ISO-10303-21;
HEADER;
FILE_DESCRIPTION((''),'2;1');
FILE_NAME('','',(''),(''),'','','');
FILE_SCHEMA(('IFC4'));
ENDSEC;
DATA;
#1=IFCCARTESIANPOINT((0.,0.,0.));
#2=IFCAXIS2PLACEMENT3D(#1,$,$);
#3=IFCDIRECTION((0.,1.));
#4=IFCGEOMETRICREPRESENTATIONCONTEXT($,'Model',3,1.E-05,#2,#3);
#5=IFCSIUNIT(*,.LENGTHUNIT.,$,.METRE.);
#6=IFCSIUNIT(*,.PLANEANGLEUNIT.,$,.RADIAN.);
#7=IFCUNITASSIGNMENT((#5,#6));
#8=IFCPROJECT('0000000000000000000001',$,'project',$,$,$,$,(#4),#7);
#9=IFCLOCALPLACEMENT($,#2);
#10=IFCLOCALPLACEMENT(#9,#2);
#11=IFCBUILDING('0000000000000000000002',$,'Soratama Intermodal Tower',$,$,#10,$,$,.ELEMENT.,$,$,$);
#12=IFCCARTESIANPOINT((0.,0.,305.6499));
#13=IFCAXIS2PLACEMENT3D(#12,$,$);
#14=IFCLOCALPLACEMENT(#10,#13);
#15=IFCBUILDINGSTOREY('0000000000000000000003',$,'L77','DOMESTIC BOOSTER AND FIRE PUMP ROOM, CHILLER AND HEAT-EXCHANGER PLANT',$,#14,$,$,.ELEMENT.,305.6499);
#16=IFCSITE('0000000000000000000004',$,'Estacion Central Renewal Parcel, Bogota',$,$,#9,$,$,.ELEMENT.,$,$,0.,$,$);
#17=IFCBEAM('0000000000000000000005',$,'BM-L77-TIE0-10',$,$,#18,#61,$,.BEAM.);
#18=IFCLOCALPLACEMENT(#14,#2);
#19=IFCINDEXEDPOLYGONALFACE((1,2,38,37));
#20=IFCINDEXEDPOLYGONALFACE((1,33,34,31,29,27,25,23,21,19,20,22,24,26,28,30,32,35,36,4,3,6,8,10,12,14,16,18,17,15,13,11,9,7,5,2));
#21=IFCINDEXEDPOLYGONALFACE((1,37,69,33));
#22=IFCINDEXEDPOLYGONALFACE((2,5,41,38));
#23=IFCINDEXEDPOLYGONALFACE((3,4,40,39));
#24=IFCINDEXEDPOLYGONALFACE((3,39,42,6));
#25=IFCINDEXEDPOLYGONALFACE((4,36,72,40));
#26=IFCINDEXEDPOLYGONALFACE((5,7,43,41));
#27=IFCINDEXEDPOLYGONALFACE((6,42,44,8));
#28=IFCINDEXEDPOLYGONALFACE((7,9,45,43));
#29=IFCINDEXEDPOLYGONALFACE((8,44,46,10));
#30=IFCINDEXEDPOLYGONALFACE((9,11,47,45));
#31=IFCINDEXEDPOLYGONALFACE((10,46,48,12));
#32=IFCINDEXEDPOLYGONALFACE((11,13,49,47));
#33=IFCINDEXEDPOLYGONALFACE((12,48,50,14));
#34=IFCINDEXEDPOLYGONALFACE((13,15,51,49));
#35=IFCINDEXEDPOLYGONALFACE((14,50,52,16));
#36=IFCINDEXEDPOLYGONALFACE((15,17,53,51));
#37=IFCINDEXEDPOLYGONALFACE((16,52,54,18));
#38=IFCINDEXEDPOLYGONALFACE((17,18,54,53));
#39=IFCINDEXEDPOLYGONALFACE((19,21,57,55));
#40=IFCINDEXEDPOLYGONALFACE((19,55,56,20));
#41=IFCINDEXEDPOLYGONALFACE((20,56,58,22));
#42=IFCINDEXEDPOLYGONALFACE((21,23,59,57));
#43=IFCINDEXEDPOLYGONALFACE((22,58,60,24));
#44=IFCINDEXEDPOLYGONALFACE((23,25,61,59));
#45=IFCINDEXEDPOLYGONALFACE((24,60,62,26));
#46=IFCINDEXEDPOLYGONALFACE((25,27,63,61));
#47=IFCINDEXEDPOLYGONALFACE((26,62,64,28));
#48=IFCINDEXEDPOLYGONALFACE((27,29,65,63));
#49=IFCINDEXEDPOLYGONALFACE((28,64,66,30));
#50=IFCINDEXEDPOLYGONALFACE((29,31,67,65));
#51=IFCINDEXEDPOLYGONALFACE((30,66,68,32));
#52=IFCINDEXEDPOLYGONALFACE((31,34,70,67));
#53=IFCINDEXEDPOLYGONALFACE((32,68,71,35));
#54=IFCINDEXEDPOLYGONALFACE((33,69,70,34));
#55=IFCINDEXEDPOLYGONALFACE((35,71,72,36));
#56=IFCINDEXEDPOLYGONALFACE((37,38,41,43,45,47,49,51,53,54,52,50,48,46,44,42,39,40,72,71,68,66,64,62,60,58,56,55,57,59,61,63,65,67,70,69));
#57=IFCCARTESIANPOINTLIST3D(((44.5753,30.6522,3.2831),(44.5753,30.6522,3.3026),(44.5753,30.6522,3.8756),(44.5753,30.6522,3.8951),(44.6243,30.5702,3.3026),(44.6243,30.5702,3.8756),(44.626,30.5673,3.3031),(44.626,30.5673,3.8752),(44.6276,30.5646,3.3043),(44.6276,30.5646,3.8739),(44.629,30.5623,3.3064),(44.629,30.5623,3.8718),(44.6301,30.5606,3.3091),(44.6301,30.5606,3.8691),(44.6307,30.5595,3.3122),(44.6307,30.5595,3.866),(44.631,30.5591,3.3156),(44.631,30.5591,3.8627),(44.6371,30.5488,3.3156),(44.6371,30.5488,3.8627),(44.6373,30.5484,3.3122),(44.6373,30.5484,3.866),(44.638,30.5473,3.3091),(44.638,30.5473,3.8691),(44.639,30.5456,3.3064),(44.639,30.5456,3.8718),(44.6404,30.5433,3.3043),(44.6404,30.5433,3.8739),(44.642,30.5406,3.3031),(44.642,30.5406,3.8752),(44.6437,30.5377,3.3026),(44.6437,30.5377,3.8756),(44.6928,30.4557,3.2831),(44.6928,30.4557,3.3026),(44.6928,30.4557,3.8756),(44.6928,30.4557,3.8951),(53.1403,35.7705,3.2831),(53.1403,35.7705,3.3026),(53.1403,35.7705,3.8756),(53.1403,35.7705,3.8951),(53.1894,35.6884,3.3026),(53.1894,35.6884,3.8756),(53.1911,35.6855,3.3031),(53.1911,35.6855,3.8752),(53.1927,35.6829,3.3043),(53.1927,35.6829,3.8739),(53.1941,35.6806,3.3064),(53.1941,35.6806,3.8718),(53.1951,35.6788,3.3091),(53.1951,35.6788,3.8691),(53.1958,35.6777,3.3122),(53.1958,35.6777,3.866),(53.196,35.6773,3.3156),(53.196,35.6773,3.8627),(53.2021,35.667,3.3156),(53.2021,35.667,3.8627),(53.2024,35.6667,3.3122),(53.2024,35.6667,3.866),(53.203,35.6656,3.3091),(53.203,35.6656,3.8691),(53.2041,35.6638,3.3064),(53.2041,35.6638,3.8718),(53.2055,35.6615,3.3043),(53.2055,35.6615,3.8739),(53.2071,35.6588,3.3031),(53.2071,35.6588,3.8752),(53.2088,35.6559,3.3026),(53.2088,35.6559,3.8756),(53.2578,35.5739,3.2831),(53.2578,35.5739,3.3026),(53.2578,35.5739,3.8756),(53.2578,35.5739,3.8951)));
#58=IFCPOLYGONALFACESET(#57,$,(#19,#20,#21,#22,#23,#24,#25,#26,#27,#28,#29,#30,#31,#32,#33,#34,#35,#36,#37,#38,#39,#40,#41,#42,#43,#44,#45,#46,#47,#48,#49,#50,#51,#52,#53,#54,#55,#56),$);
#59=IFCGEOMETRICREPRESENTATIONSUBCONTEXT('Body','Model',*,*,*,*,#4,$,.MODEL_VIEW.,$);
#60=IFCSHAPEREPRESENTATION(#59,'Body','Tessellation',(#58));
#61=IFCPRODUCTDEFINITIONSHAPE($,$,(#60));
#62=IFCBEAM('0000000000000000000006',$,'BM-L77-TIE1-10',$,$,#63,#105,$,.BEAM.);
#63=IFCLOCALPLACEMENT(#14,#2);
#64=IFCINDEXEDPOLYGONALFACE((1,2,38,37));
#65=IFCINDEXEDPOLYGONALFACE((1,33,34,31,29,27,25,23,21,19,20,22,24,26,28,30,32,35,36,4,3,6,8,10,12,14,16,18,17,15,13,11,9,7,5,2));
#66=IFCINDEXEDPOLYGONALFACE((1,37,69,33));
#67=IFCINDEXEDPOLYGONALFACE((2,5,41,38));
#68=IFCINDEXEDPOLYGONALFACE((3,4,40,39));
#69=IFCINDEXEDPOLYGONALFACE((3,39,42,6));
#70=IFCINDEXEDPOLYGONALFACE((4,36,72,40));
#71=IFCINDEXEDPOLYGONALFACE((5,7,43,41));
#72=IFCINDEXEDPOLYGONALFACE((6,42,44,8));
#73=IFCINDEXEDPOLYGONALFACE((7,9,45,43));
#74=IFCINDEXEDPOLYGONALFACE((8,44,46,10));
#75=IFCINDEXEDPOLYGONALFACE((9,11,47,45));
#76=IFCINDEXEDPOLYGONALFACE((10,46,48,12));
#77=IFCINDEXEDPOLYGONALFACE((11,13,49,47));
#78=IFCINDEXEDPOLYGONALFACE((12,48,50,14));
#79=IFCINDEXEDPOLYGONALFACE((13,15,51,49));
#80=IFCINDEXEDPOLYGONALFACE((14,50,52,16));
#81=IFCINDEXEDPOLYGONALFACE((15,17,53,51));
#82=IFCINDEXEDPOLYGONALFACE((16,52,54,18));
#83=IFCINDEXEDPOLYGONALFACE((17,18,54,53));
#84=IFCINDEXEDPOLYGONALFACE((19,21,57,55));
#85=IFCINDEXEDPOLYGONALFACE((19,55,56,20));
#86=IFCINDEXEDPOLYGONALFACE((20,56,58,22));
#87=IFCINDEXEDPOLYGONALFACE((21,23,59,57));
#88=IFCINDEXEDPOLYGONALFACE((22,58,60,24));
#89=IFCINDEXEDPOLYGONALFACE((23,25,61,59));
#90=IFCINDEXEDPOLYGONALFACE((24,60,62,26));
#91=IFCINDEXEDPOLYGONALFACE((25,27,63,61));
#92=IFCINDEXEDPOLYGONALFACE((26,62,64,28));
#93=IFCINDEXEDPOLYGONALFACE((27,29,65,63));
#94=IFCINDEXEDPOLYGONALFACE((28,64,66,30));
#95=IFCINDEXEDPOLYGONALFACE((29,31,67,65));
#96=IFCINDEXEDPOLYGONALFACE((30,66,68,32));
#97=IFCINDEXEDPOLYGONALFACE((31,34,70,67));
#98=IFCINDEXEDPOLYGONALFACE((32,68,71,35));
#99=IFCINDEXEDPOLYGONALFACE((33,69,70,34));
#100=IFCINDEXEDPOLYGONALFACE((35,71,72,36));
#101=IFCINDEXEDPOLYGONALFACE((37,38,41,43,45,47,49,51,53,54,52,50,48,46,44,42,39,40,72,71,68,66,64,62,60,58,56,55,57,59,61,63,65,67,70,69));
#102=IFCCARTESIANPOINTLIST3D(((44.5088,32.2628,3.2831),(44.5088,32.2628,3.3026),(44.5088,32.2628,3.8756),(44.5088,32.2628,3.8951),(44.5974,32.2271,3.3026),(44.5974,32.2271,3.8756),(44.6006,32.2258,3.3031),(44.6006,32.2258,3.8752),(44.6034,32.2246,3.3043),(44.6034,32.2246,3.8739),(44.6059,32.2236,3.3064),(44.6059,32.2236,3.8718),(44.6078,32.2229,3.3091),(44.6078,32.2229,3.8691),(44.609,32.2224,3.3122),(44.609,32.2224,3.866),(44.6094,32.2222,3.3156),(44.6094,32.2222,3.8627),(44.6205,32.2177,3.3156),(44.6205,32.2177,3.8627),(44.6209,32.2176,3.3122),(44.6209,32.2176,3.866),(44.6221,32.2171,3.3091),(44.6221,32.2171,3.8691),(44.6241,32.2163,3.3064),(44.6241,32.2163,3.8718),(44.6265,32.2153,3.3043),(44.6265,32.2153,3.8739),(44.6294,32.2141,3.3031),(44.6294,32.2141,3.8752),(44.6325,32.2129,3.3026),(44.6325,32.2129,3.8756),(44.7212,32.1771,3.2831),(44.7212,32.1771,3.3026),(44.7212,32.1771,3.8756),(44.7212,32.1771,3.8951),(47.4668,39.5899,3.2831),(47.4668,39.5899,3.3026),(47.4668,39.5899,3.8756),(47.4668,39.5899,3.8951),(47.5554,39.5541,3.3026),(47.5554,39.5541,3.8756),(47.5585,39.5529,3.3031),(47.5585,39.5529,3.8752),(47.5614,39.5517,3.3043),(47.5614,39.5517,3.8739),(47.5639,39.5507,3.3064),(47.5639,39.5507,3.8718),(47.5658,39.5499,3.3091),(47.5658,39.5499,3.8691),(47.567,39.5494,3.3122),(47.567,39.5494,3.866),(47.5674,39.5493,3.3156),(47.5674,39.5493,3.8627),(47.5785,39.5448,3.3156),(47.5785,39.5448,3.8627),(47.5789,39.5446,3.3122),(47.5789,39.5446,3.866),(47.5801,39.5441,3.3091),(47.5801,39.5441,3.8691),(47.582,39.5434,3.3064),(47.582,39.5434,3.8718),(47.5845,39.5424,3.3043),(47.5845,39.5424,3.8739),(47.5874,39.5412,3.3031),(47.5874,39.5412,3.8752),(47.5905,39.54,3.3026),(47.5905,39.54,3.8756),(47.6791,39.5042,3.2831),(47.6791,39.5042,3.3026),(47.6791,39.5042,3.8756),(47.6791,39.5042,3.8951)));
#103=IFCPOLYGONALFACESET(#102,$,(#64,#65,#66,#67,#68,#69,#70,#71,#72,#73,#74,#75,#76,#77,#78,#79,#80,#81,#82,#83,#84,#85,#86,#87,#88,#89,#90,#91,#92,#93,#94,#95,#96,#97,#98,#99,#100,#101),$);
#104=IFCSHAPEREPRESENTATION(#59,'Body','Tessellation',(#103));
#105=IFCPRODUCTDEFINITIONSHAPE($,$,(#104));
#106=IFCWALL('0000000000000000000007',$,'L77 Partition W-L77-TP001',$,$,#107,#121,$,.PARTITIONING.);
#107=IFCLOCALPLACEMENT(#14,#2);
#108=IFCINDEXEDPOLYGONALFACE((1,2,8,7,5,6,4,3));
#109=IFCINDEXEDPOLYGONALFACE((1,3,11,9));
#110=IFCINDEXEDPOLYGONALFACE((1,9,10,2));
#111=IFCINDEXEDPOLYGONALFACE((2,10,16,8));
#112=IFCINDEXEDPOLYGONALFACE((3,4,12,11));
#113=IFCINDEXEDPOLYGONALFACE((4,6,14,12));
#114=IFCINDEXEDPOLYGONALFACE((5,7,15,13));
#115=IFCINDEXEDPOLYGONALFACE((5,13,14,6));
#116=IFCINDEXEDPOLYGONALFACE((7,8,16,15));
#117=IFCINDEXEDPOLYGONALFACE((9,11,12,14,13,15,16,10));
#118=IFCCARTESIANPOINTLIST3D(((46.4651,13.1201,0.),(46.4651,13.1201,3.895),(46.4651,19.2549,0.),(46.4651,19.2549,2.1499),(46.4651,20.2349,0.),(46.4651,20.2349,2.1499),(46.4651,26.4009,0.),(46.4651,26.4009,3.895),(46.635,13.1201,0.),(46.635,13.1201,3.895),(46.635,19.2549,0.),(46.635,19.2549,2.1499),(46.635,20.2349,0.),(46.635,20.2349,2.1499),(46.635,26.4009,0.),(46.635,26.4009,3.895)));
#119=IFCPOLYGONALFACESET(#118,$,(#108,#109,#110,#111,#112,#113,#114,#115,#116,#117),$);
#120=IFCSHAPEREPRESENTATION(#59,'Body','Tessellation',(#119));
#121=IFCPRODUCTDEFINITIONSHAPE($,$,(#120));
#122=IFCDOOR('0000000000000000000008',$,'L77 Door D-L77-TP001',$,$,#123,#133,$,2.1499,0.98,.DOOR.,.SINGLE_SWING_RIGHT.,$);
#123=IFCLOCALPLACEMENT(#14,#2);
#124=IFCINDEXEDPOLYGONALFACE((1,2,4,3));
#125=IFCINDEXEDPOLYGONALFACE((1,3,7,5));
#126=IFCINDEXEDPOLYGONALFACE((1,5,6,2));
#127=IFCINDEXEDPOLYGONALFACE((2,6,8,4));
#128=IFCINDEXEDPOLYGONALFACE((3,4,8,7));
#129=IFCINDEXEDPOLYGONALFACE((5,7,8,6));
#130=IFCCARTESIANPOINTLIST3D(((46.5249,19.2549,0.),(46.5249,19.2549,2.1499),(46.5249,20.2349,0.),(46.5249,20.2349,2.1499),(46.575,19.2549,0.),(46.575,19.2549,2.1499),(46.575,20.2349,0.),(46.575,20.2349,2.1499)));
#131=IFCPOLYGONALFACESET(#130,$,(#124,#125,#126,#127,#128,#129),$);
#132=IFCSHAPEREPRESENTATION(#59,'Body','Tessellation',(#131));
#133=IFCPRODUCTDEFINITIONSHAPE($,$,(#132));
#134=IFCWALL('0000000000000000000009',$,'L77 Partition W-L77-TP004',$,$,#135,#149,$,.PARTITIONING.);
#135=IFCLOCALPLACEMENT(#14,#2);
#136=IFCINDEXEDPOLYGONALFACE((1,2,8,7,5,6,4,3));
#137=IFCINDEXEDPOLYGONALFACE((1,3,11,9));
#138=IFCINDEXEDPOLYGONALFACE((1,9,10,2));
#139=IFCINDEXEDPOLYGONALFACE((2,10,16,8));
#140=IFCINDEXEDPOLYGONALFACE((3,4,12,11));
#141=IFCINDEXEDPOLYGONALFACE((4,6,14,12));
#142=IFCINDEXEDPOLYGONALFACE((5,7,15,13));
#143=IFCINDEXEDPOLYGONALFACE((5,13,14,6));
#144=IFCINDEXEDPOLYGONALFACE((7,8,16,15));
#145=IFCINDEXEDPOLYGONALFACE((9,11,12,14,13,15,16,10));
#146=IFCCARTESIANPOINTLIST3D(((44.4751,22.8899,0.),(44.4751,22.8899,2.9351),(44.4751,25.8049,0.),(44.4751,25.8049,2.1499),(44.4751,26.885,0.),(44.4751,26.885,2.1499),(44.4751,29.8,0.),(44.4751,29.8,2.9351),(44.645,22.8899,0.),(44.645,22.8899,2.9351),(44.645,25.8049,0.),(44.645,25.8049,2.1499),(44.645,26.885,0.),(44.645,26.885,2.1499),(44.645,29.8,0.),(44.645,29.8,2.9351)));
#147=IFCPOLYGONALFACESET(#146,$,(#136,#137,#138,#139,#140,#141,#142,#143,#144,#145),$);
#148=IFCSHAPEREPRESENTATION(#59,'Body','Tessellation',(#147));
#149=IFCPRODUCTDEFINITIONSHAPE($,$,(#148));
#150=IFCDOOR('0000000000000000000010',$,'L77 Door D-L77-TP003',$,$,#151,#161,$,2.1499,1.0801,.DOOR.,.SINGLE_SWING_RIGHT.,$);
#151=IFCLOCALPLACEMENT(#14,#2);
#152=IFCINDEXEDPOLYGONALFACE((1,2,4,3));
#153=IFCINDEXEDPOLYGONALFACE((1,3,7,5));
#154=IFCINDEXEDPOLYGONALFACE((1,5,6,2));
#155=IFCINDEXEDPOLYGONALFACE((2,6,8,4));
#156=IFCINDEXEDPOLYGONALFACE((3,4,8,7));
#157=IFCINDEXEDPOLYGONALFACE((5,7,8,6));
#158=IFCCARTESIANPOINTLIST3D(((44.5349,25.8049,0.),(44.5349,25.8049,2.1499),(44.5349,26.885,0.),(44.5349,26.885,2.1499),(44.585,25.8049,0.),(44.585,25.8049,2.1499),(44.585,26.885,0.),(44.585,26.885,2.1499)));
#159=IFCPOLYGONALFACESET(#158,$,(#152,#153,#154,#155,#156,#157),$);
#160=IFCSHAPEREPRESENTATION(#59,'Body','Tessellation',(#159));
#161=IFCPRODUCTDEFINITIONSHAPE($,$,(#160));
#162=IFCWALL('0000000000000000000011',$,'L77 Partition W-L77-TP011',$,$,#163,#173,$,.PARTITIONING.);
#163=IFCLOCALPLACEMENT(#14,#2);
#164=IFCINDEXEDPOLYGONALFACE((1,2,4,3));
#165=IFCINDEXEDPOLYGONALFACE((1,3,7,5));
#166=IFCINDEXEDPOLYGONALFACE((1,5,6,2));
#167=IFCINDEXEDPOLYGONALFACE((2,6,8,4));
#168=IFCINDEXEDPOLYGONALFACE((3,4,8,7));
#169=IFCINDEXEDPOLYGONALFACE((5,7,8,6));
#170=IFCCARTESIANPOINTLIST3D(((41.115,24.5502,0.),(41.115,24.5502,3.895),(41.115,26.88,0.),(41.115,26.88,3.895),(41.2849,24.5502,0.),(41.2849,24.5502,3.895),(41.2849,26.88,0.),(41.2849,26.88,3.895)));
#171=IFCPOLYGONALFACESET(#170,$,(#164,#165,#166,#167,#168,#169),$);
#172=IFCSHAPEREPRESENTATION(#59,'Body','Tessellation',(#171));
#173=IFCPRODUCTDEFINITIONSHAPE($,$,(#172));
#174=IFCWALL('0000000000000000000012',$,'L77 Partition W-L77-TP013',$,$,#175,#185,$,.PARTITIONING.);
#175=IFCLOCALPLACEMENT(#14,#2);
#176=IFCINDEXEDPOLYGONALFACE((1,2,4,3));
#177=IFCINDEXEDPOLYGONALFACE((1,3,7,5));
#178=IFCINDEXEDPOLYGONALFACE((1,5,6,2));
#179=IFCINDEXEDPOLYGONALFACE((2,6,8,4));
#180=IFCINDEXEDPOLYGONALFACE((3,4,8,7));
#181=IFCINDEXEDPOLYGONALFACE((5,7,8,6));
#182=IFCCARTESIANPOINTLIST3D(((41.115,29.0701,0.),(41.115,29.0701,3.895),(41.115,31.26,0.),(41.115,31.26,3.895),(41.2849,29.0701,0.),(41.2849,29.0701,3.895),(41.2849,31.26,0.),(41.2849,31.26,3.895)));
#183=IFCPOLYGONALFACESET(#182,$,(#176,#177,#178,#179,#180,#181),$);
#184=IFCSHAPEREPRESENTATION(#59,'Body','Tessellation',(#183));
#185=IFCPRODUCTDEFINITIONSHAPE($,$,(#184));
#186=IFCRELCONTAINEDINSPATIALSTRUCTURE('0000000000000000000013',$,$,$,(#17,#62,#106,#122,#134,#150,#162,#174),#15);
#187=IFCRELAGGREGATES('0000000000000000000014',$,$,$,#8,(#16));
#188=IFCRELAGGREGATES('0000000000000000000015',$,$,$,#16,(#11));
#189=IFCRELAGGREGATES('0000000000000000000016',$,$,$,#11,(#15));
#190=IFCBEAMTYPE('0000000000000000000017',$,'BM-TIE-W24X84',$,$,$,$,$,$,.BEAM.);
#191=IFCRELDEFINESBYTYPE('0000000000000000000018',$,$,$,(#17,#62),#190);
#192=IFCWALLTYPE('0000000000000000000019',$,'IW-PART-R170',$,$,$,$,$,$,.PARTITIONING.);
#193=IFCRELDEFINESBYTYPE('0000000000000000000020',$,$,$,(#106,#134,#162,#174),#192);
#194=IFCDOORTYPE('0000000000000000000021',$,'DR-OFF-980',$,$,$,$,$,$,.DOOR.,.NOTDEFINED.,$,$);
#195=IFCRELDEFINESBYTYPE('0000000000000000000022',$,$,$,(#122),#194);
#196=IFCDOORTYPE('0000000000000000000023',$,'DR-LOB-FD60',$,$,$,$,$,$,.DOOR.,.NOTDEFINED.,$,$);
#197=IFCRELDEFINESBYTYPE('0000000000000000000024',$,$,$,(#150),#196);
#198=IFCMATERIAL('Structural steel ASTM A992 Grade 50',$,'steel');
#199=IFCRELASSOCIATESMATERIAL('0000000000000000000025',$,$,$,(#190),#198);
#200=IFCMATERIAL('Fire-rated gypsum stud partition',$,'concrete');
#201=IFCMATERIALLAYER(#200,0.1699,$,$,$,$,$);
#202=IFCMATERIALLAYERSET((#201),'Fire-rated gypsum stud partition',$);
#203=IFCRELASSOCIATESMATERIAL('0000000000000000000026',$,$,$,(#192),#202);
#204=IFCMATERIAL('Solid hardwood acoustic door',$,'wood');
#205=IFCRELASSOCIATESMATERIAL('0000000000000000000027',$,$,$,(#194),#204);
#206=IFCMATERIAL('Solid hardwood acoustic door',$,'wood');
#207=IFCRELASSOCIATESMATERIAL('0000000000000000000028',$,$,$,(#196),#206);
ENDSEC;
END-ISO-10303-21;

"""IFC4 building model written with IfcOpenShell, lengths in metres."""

from ifc_helpers import new_model, si_unit, direction, frame, frame_2d, origin, origin_2d, place, context, subcontext, project, spatial, rectangle, i_section, extrude, material, layer, layer_set, material_profile, profile_set, type_object, element, fill, save


model = new_model("IFC4")

# Units and contexts
model_context = context("Model", 3, precision=1e-05, world=origin(), true_north=direction((0.0, 1.0)))
body_context = subcontext(model_context, "Body", "Model", "MODEL_VIEW")
ifc_project = project(units=[si_unit("LENGTHUNIT", "METRE"), si_unit("PLANEANGLEUNIT", "RADIAN")], contexts=[model_context])

# Site, building, storey
site_placement = place(None, origin())
site = spatial("IfcSite", under=ifc_project, at=site_placement, Name="Estacion Central Renewal Parcel, Bogota", CompositionType="ELEMENT", RefElevation=0.0)
building_placement = place(site_placement, origin())
building = spatial("IfcBuilding", under=site, at=building_placement, Name="Soratama Intermodal Tower", CompositionType="ELEMENT")
storey_placement = place(building_placement, frame((0.0, 0.0, 305.6499)))
storey = spatial("IfcBuildingStorey", under=building, at=storey_placement, Name="L77", Description="DOMESTIC BOOSTER AND FIRE PUMP ROOM, CHILLER AND HEAT-EXCHANGER PLANT", CompositionType="ELEMENT", Elevation=305.6499)

# Beams
ifc_material_1 = material(Name="Structural steel ASTM A992 Grade 50", Category="steel")
ifc_material_profile_1 = material_profile(ifc_material_1, i_section(OverallWidth=0.229, OverallDepth=0.6121, WebThickness=0.012, FlangeThickness=0.0195, FilletRadius=0.0129, at=origin_2d()), Name="W24X84")
ifc_profile_set_1 = profile_set([ifc_material_profile_1], Name="Structural steel ASTM A992 Grade 50")
beam_type_1 = type_object("IfcBeamType", Name="BM-TIE-W24X84", PredefinedType="BEAM", material=ifc_profile_set_1)
beam_1_placement = place(storey_placement, frame((44.634, 30.554, 3.5891), z_axis=(0.858411, 0.512962, 0.0), x_axis=(-0.512962, 0.858411, 0.0)))
element("IfcBeam", 1, at=beam_1_placement, inside=storey, type_object=beam_type_1, Name="BM-L77-TIE0-10", PredefinedType="BEAM", context=body_context, shape_type="SweptSolid", body=[
    extrude(i_section(OverallWidth=0.229, OverallDepth=0.6121, WebThickness=0.012, FlangeThickness=0.0195, FilletRadius=0.0129, at=origin_2d()), origin(), (0.0, 0.0, 1.0), 9.9778),
])
beam_2_placement = place(storey_placement, frame((44.615, 32.22, 3.5891), z_axis=(0.374351, 0.927287, 0.0), x_axis=(-0.927287, 0.374351, 0.0)))
element("IfcBeam", 2, at=beam_2_placement, inside=storey, type_object=beam_type_1, Name="BM-L77-TIE1-10", PredefinedType="BEAM", context=body_context, shape_type="SweptSolid", body=[
    extrude(i_section(OverallWidth=0.229, OverallDepth=0.6121, WebThickness=0.012, FlangeThickness=0.0195, FilletRadius=0.0129, at=origin_2d()), origin(), (0.0, 0.0, 1.0), 7.9016),
])

# Walls, openings, doors
ifc_material_2 = material(Name="Fire-rated gypsum stud partition", Category="concrete")
ifc_layer_1 = layer(ifc_material_2, 0.1699)
ifc_layer_set_1 = layer_set([ifc_layer_1], Name="Fire-rated gypsum stud partition")
wall_type_1 = type_object("IfcWallType", Name="IW-PART-R170", PredefinedType="PARTITIONING", material=ifc_layer_set_1)
wall_1_placement = place(storey_placement, frame((46.55, 26.4009, 0.0), z_axis=(0.0, 0.0, 1.0), x_axis=(0.0, -1.0, 0.0)))
wall_1 = element("IfcWall", 3, at=wall_1_placement, inside=storey, type_object=wall_type_1, Name="L77 Partition W-L77-TP001", PredefinedType="PARTITIONING", context=body_context, shape_type="SweptSolid", body=[
    extrude(rectangle(XDim=13.2808, YDim=0.1699, at=frame_2d((6.6404, 0.0))), origin(), (0.0, 0.0, 1.0), 3.895),
])
opening_1_placement = place(wall_1_placement, frame((6.166, 0.0, 0.0)))
opening_1 = element("IfcOpeningElement", 4, at=opening_1_placement, cuts=wall_1, PredefinedType="OPENING", context=body_context, shape_type="SweptSolid", body=[
    extrude(rectangle(XDim=0.98, YDim=2.1499, at=frame_2d((0.49, 1.075))), frame((0.0, 0.095, 0.0), z_axis=(0.0, -1.0, 0.0), x_axis=(1.0, 0.0, 0.0)), (0.0, 0.0, 1.0), 0.1899),
])
ifc_material_3 = material(Name="Solid hardwood acoustic door", Category="wood")
door_type_1 = type_object("IfcDoorType", Name="DR-OFF-980", OperationType="NOTDEFINED", PredefinedType="DOOR", material=ifc_material_3)
door_1_placement = place(opening_1_placement, origin())
door_1 = element("IfcDoor", 5, at=door_1_placement, inside=storey, type_object=door_type_1, Name="L77 Door D-L77-TP001", OperationType="SINGLE_SWING_RIGHT", OverallHeight=2.1499, OverallWidth=0.98, PredefinedType="DOOR", context=body_context, shape_type="SweptSolid", body=[
    extrude(rectangle(XDim=0.98, YDim=2.1499, at=frame_2d((0.49, 1.075))), frame((0.0, 0.0249, 0.0), z_axis=(0.0, -1.0, 0.0), x_axis=(1.0, 0.0, 0.0)), (0.0, 0.0, 1.0), 0.05),
])
fill(opening_1, door_1)
wall_2_placement = place(storey_placement, frame((44.5601, 29.8, 0.0), z_axis=(0.0, 0.0, 1.0), x_axis=(0.0, -1.0, 0.0)))
wall_2 = element("IfcWall", 6, at=wall_2_placement, inside=storey, type_object=wall_type_1, Name="L77 Partition W-L77-TP004", PredefinedType="PARTITIONING", context=body_context, shape_type="SweptSolid", body=[
    extrude(rectangle(XDim=6.9102, YDim=0.1699, at=frame_2d((3.4551, 0.0))), origin(), (0.0, 0.0, 1.0), 2.9351),
])
opening_2_placement = place(wall_2_placement, frame((2.915, 0.0, 0.0)))
opening_2 = element("IfcOpeningElement", 7, at=opening_2_placement, cuts=wall_2, PredefinedType="OPENING", context=body_context, shape_type="SweptSolid", body=[
    extrude(rectangle(XDim=1.0801, YDim=2.1499, at=frame_2d((0.54, 1.075))), frame((0.0, 0.095, 0.0), z_axis=(0.0, -1.0, 0.0), x_axis=(1.0, 0.0, 0.0)), (0.0, 0.0, 1.0), 0.1899),
])
ifc_material_4 = material(Name="Solid hardwood acoustic door", Category="wood")
door_type_2 = type_object("IfcDoorType", Name="DR-LOB-FD60", OperationType="NOTDEFINED", PredefinedType="DOOR", material=ifc_material_4)
door_2_placement = place(opening_2_placement, origin())
door_2 = element("IfcDoor", 8, at=door_2_placement, inside=storey, type_object=door_type_2, Name="L77 Door D-L77-TP003", OperationType="SINGLE_SWING_RIGHT", OverallHeight=2.1499, OverallWidth=1.0801, PredefinedType="DOOR", context=body_context, shape_type="SweptSolid", body=[
    extrude(rectangle(XDim=1.0801, YDim=2.1499, at=frame_2d((0.54, 1.075))), frame((0.0, 0.0249, 0.0), z_axis=(0.0, -1.0, 0.0), x_axis=(1.0, 0.0, 0.0)), (0.0, 0.0, 1.0), 0.05),
])
fill(opening_2, door_2)

# Walls
wall_3_placement = place(storey_placement, frame((41.2, 24.55, 0.0), z_axis=(0.0, 0.0, 1.0), x_axis=(0.0, 1.0, 0.0)))
element("IfcWall", 9, at=wall_3_placement, inside=storey, type_object=wall_type_1, Name="L77 Partition W-L77-TP011", PredefinedType="PARTITIONING", context=body_context, shape_type="SweptSolid", body=[
    extrude(rectangle(XDim=2.3298, YDim=0.1699, at=frame_2d((1.165, 0.0))), origin(), (0.0, 0.0, 1.0), 3.895),
])
wall_4_placement = place(storey_placement, frame((41.2, 29.0701, 0.0), z_axis=(0.0, 0.0, 1.0), x_axis=(0.0, 1.0, 0.0)))
element("IfcWall", 10, at=wall_4_placement, inside=storey, type_object=wall_type_1, Name="L77 Partition W-L77-TP013", PredefinedType="PARTITIONING", context=body_context, shape_type="SweptSolid", body=[
    extrude(rectangle(XDim=2.1899, YDim=0.1699, at=frame_2d((1.095, 0.0))), origin(), (0.0, 0.0, 1.0), 3.895),
])

save(model, "model.ifc")
